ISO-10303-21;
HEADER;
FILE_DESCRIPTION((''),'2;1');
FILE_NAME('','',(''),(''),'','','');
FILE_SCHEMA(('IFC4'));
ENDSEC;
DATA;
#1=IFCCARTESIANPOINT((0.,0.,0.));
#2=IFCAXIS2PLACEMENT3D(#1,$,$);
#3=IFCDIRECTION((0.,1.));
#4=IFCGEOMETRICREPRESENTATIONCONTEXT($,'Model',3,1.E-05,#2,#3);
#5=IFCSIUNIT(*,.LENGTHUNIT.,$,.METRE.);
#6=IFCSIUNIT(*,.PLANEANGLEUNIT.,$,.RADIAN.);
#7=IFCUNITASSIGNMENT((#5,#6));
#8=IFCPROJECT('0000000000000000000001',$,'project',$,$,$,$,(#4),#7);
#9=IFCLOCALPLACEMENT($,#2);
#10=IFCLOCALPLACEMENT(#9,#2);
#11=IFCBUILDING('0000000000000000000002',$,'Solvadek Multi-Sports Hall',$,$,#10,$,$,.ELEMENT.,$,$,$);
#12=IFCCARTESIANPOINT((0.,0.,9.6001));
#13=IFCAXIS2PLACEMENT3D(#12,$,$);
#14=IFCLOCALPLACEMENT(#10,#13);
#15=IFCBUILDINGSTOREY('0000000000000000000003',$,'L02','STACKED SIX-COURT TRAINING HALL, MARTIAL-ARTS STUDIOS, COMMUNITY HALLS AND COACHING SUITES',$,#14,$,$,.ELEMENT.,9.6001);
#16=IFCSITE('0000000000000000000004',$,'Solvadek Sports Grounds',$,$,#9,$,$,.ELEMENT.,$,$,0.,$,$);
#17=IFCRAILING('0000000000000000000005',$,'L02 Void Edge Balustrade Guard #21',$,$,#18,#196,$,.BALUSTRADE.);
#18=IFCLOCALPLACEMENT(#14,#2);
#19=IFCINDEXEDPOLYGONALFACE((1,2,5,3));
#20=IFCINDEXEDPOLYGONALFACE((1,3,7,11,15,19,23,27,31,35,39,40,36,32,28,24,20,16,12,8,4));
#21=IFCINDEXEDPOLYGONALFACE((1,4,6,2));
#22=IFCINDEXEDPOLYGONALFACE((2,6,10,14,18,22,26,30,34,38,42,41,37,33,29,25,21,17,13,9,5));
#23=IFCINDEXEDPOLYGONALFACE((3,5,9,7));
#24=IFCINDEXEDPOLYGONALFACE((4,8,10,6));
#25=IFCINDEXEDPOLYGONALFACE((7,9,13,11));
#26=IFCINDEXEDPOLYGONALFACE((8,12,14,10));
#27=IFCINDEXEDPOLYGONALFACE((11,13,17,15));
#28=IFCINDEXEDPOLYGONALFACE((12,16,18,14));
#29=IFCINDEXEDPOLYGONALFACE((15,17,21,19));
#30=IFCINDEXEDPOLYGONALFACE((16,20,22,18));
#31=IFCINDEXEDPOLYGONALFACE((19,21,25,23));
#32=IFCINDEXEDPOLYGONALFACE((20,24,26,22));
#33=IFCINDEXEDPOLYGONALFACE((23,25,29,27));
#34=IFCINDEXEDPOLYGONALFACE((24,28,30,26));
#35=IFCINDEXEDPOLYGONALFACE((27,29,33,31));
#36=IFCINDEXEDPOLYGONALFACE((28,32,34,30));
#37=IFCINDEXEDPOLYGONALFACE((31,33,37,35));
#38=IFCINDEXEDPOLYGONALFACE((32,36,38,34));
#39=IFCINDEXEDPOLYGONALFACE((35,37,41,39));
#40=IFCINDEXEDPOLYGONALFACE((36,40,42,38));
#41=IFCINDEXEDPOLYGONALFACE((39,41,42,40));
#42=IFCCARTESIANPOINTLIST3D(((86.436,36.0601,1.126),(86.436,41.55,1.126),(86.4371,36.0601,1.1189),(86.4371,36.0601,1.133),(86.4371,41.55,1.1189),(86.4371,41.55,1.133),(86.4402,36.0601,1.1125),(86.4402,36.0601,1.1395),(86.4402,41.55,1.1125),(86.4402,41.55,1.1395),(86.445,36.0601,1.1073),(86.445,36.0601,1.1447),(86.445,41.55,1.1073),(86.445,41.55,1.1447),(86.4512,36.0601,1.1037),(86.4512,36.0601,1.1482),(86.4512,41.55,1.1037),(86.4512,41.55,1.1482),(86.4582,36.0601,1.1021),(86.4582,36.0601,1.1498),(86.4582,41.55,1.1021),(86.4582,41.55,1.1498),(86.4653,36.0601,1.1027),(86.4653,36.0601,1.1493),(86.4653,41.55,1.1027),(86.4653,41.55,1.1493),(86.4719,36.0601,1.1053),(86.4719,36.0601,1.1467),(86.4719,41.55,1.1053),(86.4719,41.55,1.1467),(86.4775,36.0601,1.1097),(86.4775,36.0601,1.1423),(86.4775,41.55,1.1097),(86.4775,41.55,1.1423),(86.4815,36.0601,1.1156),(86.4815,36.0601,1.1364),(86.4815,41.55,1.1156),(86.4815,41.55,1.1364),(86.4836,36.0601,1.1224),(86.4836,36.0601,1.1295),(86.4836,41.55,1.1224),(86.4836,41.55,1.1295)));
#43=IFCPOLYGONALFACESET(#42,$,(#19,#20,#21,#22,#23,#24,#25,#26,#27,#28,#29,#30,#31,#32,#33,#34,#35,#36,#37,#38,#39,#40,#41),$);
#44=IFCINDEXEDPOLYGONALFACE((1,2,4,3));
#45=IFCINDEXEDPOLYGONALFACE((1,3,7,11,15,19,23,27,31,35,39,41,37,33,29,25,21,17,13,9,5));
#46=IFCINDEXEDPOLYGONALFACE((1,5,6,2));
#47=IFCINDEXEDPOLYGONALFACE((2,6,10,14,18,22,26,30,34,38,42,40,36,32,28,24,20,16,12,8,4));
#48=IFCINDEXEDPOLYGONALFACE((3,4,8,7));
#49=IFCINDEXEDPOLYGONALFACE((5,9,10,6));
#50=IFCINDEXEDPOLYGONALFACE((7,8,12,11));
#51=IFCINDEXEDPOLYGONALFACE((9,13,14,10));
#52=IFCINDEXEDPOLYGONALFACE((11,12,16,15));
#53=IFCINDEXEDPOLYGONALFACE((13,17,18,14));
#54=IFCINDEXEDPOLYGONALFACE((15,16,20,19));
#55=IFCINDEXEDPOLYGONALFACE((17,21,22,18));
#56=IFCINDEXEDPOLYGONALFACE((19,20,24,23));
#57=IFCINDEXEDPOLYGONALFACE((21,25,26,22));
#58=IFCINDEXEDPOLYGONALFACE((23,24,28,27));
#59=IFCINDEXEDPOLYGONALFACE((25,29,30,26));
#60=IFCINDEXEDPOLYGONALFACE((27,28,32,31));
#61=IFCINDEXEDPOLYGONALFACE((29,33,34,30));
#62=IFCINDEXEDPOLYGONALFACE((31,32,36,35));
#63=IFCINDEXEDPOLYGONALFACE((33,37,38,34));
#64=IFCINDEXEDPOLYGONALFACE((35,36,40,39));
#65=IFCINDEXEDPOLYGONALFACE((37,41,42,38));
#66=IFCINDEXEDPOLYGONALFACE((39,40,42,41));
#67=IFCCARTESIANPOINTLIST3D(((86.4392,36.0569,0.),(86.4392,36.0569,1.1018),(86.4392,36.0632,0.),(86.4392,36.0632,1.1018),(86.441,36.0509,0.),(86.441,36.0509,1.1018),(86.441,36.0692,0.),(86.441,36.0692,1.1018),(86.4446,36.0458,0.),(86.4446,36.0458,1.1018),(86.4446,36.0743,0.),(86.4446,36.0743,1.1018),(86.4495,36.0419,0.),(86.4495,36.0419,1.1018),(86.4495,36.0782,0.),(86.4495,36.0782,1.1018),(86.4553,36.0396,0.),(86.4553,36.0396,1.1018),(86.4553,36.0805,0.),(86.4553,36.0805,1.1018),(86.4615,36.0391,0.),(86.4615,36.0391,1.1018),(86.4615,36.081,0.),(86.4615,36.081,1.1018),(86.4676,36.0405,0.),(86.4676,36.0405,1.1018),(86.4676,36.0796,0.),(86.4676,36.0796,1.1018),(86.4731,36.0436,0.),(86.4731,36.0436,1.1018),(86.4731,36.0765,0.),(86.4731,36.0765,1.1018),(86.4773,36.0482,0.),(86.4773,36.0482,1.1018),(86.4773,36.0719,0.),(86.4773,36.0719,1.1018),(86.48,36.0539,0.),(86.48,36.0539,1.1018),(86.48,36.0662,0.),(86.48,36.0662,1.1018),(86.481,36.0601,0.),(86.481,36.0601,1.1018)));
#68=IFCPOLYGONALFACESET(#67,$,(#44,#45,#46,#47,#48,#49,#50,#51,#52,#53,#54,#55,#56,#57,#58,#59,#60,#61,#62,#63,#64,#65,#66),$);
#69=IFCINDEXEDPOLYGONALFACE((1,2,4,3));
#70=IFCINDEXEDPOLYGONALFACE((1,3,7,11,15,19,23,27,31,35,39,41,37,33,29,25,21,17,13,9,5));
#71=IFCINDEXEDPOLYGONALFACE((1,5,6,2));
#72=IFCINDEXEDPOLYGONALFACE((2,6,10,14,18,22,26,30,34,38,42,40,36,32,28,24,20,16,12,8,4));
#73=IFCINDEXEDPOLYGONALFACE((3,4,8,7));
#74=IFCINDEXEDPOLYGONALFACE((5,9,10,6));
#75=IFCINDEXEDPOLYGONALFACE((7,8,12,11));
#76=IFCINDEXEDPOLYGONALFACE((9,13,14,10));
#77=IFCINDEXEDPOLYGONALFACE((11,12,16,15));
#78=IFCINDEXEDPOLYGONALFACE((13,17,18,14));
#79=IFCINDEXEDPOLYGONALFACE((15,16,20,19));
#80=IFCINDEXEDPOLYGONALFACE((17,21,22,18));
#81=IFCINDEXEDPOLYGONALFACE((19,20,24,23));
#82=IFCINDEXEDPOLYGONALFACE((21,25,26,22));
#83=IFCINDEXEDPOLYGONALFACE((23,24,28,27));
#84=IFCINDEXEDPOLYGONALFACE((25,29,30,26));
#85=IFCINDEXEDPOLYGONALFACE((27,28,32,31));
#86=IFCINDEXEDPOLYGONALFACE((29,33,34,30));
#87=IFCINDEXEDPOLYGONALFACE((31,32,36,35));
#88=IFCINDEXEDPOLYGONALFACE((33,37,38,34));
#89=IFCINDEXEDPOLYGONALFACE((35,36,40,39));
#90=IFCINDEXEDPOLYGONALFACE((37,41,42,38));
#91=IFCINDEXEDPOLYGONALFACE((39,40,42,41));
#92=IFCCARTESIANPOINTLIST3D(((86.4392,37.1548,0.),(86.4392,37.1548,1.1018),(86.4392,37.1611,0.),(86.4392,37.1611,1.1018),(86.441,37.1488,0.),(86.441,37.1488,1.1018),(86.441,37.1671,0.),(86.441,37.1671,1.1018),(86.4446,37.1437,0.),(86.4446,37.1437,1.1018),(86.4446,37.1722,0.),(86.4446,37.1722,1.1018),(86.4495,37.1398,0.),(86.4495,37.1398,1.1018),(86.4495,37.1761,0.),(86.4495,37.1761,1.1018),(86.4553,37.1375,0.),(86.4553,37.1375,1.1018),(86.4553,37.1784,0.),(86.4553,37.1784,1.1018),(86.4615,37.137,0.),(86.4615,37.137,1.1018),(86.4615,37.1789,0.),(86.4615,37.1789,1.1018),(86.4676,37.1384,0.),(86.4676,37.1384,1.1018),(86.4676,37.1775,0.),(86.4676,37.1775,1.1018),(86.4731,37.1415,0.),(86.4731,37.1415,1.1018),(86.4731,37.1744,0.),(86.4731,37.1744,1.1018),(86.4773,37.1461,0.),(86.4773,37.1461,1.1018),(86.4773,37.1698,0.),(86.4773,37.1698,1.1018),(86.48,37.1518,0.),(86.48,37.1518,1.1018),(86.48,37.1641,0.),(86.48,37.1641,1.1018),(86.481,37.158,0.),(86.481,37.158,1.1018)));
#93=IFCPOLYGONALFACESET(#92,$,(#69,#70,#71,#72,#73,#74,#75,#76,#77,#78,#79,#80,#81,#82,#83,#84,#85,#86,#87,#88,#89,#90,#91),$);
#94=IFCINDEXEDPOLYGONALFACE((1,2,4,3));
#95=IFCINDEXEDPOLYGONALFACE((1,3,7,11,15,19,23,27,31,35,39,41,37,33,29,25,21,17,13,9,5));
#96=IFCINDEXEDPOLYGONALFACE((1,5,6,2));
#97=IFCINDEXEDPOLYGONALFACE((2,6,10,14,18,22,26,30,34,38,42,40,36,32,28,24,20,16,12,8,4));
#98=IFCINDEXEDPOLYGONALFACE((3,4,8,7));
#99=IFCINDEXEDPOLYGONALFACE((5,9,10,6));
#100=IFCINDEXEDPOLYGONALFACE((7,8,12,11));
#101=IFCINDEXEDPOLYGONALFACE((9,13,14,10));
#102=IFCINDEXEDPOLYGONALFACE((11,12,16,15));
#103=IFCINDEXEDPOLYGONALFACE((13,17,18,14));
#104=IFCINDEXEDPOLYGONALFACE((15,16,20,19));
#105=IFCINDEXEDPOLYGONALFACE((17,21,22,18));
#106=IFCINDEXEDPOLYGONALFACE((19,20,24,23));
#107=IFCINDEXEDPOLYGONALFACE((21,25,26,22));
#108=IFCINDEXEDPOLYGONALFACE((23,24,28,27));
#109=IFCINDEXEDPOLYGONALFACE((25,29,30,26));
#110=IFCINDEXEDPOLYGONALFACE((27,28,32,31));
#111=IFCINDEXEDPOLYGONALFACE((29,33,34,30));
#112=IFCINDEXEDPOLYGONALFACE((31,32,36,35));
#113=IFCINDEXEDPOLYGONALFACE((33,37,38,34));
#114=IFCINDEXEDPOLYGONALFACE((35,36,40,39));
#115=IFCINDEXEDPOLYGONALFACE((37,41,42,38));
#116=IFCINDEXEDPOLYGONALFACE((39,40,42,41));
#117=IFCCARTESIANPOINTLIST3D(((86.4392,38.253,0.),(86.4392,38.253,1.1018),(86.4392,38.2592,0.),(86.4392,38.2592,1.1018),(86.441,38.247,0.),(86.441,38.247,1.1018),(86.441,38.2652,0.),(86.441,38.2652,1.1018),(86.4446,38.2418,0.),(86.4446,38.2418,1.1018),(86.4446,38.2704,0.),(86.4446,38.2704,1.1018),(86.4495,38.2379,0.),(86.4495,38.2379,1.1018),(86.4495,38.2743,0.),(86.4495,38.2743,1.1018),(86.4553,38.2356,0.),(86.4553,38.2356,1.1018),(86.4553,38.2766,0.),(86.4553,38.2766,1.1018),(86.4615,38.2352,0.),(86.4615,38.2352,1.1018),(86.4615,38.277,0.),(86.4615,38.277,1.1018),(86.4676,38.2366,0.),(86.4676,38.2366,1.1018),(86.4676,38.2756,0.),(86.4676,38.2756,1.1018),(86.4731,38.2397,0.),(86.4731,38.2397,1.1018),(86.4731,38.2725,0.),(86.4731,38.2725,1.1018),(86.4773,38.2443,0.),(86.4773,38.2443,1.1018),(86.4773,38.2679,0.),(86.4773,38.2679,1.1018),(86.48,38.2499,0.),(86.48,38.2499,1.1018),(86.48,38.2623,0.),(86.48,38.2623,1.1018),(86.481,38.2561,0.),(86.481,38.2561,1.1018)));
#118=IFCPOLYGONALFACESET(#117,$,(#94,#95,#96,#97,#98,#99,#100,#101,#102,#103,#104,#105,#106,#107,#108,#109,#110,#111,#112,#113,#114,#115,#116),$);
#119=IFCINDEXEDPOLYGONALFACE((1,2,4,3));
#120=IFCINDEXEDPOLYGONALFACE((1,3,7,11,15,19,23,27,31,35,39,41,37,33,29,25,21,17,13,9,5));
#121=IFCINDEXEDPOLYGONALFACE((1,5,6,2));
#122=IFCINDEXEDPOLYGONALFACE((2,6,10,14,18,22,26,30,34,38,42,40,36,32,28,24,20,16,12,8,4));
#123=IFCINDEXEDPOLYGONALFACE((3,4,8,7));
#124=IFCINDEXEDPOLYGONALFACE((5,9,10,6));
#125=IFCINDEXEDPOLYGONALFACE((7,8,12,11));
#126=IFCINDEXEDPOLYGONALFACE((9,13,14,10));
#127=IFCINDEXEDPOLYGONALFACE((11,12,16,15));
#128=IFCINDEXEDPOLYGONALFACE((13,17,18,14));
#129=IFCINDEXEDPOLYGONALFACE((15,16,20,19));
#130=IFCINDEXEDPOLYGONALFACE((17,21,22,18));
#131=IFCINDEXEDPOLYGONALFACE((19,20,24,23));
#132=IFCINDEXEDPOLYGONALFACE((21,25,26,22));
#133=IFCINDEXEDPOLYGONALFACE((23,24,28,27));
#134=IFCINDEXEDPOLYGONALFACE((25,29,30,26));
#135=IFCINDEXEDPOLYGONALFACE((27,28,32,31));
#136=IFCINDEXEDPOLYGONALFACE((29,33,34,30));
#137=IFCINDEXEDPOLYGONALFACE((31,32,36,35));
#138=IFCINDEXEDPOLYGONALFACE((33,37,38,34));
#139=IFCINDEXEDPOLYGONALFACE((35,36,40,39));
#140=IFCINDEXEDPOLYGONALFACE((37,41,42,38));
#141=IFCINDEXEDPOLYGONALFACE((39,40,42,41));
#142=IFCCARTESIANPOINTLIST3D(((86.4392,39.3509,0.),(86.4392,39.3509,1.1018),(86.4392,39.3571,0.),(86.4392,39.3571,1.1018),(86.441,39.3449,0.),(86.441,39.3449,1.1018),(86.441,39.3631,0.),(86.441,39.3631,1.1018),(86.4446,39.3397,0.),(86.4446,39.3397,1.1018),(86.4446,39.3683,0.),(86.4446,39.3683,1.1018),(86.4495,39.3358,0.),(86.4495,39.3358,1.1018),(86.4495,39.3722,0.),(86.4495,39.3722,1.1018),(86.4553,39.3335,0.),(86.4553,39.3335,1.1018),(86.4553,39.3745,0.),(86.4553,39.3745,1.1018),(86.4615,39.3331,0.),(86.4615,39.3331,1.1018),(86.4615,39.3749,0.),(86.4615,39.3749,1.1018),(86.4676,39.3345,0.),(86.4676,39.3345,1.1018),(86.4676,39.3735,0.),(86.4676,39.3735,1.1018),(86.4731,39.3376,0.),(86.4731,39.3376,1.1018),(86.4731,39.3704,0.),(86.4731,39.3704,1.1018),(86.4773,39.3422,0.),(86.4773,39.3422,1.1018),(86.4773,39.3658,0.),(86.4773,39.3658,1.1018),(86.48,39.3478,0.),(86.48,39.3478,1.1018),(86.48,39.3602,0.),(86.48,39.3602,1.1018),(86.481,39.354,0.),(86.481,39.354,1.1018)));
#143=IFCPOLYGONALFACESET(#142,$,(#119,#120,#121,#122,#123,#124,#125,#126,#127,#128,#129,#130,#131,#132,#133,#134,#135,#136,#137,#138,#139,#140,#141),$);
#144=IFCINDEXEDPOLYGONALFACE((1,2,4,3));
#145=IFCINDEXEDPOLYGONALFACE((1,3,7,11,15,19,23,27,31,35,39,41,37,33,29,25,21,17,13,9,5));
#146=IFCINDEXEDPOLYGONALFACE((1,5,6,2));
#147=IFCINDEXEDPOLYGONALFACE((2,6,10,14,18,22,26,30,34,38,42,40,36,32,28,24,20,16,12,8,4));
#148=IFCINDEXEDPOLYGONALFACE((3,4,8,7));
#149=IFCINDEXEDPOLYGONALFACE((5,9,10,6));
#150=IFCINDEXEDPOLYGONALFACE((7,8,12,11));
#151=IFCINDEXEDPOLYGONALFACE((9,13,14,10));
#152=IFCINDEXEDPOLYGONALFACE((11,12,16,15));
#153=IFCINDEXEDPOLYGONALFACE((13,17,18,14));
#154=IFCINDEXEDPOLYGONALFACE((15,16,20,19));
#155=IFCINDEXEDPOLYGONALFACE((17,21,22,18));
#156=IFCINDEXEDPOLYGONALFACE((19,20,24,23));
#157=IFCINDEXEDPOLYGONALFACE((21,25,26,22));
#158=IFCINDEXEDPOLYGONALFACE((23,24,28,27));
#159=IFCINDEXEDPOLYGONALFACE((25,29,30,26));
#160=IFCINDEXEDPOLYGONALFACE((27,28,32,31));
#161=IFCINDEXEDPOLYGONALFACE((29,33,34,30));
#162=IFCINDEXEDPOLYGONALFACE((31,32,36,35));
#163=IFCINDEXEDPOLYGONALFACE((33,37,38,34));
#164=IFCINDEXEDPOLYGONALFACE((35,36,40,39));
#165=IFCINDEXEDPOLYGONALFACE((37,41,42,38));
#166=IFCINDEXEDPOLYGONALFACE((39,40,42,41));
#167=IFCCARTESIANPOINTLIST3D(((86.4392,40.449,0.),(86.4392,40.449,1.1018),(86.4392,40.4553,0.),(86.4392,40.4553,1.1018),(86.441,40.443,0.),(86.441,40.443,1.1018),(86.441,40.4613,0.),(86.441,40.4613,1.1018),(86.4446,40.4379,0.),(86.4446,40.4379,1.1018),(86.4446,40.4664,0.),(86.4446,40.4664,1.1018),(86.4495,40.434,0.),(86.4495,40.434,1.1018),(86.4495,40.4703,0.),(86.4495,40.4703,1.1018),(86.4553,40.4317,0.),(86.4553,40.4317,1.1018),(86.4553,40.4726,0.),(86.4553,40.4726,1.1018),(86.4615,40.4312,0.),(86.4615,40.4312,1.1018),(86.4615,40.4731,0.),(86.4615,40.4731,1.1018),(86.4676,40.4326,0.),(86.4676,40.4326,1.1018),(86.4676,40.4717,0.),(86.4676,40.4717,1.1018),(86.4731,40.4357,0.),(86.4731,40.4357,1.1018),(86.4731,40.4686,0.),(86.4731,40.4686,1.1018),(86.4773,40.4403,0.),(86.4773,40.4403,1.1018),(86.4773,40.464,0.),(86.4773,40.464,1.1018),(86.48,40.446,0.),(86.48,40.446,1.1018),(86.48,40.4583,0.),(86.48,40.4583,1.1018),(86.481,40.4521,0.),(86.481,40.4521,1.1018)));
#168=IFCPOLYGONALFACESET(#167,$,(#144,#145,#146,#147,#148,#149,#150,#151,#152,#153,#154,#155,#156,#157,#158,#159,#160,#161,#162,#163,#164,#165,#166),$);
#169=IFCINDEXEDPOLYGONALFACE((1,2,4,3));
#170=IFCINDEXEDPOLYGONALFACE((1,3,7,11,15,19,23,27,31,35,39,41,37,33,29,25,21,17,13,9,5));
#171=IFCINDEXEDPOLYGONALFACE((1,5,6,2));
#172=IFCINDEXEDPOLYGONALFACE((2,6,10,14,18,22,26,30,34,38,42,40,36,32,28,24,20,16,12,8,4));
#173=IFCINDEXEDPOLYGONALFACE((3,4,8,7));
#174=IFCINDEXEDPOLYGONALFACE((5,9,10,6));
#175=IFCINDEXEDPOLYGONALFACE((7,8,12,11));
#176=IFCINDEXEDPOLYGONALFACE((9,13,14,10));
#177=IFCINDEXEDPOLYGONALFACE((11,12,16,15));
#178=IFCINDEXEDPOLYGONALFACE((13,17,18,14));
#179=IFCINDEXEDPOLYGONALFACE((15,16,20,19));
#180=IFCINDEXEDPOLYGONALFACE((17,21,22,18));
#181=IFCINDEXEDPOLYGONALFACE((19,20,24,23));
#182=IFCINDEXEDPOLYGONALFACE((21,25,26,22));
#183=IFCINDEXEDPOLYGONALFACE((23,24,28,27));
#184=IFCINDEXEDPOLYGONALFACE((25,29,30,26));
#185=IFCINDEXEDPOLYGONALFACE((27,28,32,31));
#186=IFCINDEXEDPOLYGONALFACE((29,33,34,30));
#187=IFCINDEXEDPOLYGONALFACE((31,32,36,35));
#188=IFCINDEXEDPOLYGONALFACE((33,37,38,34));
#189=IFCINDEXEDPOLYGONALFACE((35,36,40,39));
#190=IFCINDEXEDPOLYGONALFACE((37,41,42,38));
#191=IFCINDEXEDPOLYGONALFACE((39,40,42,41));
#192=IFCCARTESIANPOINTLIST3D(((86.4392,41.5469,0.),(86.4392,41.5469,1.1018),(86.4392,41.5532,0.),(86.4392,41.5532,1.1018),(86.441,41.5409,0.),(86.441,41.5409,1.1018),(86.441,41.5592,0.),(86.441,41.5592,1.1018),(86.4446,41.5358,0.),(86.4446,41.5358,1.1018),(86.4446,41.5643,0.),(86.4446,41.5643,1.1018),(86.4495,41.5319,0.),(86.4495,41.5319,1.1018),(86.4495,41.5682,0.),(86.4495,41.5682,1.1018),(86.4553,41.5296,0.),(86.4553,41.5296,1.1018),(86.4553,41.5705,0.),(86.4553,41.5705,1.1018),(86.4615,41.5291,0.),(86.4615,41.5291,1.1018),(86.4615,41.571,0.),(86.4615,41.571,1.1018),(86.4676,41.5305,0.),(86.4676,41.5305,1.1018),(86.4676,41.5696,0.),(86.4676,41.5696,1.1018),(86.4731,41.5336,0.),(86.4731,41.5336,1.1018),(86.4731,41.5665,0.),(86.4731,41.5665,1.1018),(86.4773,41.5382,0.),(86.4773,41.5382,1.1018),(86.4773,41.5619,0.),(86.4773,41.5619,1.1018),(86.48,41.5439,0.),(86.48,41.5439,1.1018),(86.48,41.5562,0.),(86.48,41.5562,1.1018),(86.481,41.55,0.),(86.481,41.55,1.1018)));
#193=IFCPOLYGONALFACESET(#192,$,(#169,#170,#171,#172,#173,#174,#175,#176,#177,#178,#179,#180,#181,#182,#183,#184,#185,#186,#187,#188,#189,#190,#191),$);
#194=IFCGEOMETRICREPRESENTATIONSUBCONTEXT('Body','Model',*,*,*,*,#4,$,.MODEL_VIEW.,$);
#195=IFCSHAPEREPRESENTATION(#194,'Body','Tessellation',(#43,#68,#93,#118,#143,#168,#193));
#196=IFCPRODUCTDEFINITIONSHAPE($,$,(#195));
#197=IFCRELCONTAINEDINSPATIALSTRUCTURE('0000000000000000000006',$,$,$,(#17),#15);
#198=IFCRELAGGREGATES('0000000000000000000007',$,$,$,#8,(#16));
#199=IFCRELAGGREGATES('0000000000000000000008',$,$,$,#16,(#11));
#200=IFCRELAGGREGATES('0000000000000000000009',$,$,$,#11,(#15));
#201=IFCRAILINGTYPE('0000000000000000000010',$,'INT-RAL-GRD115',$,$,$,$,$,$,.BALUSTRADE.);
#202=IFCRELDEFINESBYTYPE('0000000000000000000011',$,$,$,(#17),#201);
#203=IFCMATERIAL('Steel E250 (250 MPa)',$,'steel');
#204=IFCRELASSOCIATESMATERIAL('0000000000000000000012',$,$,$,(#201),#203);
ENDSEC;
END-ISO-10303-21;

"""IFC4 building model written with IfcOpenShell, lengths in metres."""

from ifc_helpers import new_model, si_unit, direction, frame, origin, origin_2d, place, context, subcontext, project, spatial, circle, extrude, material, type_object, element, save


model = new_model("IFC4")

# Units and contexts
model_context = context("Model", 3, precision=1e-05, world=origin(), true_north=direction((0.0, 1.0)))
body_context = subcontext(model_context, "Body", "Model", "MODEL_VIEW")
ifc_project = project(units=[si_unit("LENGTHUNIT", "METRE"), si_unit("PLANEANGLEUNIT", "RADIAN")], contexts=[model_context])

# Site, building, storey
site_placement = place(None, origin())
site = spatial("IfcSite", under=ifc_project, at=site_placement, Name="Solvadek Sports Grounds", CompositionType="ELEMENT", RefElevation=0.0)
building_placement = place(site_placement, origin())
building = spatial("IfcBuilding", under=site, at=building_placement, Name="Solvadek Multi-Sports Hall", CompositionType="ELEMENT")
storey_placement = place(building_placement, frame((0.0, 0.0, 9.6001)))
storey = spatial("IfcBuildingStorey", under=building, at=storey_placement, Name="L02", Description="STACKED SIX-COURT TRAINING HALL, MARTIAL-ARTS STUDIOS, COMMUNITY HALLS AND COACHING SUITES", CompositionType="ELEMENT", Elevation=9.6001)

# Railing
ifc_material_1 = material(Name="Steel E250 (250 MPa)", Category="steel")
railing_type = type_object("IfcRailingType", Name="INT-RAL-GRD115", PredefinedType="BALUSTRADE", material=ifc_material_1)
railing_1_placement = place(storey_placement, frame((86.46, 36.0601, 0.0)))
element("IfcRailing", 1, at=railing_1_placement, inside=storey, type_object=railing_type, Name="L02 Void Edge Balustrade Guard #21", PredefinedType="BALUSTRADE", context=body_context, shape_type="SweptSolid", body=[
    extrude(circle(Radius=0.0239, at=origin_2d()), frame((0.0, 0.0, 1.126), z_axis=(0.0, 1.0, 0.0), x_axis=(-1.0, 0.0, 0.0)), (0.0, 0.0, 1.0), 5.49),
    extrude(circle(Radius=0.021, at=origin_2d()), origin(), (0.0, 0.0, 1.0), 1.1018),
    extrude(circle(Radius=0.021, at=origin_2d()), frame((0.0, 1.0979, 0.0)), (0.0, 0.0, 1.0), 1.1018),
    extrude(circle(Radius=0.021, at=origin_2d()), frame((0.0, 2.196, 0.0)), (0.0, 0.0, 1.0), 1.1018),
    extrude(circle(Radius=0.021, at=origin_2d()), frame((0.0, 3.2939, 0.0)), (0.0, 0.0, 1.0), 1.1018),
    extrude(circle(Radius=0.021, at=origin_2d()), frame((0.0, 4.3921, 0.0)), (0.0, 0.0, 1.0), 1.1018),
    extrude(circle(Radius=0.021, at=origin_2d()), frame((0.0, 5.49, 0.0)), (0.0, 0.0, 1.0), 1.1018),
])

save(model, "model.ifc")
